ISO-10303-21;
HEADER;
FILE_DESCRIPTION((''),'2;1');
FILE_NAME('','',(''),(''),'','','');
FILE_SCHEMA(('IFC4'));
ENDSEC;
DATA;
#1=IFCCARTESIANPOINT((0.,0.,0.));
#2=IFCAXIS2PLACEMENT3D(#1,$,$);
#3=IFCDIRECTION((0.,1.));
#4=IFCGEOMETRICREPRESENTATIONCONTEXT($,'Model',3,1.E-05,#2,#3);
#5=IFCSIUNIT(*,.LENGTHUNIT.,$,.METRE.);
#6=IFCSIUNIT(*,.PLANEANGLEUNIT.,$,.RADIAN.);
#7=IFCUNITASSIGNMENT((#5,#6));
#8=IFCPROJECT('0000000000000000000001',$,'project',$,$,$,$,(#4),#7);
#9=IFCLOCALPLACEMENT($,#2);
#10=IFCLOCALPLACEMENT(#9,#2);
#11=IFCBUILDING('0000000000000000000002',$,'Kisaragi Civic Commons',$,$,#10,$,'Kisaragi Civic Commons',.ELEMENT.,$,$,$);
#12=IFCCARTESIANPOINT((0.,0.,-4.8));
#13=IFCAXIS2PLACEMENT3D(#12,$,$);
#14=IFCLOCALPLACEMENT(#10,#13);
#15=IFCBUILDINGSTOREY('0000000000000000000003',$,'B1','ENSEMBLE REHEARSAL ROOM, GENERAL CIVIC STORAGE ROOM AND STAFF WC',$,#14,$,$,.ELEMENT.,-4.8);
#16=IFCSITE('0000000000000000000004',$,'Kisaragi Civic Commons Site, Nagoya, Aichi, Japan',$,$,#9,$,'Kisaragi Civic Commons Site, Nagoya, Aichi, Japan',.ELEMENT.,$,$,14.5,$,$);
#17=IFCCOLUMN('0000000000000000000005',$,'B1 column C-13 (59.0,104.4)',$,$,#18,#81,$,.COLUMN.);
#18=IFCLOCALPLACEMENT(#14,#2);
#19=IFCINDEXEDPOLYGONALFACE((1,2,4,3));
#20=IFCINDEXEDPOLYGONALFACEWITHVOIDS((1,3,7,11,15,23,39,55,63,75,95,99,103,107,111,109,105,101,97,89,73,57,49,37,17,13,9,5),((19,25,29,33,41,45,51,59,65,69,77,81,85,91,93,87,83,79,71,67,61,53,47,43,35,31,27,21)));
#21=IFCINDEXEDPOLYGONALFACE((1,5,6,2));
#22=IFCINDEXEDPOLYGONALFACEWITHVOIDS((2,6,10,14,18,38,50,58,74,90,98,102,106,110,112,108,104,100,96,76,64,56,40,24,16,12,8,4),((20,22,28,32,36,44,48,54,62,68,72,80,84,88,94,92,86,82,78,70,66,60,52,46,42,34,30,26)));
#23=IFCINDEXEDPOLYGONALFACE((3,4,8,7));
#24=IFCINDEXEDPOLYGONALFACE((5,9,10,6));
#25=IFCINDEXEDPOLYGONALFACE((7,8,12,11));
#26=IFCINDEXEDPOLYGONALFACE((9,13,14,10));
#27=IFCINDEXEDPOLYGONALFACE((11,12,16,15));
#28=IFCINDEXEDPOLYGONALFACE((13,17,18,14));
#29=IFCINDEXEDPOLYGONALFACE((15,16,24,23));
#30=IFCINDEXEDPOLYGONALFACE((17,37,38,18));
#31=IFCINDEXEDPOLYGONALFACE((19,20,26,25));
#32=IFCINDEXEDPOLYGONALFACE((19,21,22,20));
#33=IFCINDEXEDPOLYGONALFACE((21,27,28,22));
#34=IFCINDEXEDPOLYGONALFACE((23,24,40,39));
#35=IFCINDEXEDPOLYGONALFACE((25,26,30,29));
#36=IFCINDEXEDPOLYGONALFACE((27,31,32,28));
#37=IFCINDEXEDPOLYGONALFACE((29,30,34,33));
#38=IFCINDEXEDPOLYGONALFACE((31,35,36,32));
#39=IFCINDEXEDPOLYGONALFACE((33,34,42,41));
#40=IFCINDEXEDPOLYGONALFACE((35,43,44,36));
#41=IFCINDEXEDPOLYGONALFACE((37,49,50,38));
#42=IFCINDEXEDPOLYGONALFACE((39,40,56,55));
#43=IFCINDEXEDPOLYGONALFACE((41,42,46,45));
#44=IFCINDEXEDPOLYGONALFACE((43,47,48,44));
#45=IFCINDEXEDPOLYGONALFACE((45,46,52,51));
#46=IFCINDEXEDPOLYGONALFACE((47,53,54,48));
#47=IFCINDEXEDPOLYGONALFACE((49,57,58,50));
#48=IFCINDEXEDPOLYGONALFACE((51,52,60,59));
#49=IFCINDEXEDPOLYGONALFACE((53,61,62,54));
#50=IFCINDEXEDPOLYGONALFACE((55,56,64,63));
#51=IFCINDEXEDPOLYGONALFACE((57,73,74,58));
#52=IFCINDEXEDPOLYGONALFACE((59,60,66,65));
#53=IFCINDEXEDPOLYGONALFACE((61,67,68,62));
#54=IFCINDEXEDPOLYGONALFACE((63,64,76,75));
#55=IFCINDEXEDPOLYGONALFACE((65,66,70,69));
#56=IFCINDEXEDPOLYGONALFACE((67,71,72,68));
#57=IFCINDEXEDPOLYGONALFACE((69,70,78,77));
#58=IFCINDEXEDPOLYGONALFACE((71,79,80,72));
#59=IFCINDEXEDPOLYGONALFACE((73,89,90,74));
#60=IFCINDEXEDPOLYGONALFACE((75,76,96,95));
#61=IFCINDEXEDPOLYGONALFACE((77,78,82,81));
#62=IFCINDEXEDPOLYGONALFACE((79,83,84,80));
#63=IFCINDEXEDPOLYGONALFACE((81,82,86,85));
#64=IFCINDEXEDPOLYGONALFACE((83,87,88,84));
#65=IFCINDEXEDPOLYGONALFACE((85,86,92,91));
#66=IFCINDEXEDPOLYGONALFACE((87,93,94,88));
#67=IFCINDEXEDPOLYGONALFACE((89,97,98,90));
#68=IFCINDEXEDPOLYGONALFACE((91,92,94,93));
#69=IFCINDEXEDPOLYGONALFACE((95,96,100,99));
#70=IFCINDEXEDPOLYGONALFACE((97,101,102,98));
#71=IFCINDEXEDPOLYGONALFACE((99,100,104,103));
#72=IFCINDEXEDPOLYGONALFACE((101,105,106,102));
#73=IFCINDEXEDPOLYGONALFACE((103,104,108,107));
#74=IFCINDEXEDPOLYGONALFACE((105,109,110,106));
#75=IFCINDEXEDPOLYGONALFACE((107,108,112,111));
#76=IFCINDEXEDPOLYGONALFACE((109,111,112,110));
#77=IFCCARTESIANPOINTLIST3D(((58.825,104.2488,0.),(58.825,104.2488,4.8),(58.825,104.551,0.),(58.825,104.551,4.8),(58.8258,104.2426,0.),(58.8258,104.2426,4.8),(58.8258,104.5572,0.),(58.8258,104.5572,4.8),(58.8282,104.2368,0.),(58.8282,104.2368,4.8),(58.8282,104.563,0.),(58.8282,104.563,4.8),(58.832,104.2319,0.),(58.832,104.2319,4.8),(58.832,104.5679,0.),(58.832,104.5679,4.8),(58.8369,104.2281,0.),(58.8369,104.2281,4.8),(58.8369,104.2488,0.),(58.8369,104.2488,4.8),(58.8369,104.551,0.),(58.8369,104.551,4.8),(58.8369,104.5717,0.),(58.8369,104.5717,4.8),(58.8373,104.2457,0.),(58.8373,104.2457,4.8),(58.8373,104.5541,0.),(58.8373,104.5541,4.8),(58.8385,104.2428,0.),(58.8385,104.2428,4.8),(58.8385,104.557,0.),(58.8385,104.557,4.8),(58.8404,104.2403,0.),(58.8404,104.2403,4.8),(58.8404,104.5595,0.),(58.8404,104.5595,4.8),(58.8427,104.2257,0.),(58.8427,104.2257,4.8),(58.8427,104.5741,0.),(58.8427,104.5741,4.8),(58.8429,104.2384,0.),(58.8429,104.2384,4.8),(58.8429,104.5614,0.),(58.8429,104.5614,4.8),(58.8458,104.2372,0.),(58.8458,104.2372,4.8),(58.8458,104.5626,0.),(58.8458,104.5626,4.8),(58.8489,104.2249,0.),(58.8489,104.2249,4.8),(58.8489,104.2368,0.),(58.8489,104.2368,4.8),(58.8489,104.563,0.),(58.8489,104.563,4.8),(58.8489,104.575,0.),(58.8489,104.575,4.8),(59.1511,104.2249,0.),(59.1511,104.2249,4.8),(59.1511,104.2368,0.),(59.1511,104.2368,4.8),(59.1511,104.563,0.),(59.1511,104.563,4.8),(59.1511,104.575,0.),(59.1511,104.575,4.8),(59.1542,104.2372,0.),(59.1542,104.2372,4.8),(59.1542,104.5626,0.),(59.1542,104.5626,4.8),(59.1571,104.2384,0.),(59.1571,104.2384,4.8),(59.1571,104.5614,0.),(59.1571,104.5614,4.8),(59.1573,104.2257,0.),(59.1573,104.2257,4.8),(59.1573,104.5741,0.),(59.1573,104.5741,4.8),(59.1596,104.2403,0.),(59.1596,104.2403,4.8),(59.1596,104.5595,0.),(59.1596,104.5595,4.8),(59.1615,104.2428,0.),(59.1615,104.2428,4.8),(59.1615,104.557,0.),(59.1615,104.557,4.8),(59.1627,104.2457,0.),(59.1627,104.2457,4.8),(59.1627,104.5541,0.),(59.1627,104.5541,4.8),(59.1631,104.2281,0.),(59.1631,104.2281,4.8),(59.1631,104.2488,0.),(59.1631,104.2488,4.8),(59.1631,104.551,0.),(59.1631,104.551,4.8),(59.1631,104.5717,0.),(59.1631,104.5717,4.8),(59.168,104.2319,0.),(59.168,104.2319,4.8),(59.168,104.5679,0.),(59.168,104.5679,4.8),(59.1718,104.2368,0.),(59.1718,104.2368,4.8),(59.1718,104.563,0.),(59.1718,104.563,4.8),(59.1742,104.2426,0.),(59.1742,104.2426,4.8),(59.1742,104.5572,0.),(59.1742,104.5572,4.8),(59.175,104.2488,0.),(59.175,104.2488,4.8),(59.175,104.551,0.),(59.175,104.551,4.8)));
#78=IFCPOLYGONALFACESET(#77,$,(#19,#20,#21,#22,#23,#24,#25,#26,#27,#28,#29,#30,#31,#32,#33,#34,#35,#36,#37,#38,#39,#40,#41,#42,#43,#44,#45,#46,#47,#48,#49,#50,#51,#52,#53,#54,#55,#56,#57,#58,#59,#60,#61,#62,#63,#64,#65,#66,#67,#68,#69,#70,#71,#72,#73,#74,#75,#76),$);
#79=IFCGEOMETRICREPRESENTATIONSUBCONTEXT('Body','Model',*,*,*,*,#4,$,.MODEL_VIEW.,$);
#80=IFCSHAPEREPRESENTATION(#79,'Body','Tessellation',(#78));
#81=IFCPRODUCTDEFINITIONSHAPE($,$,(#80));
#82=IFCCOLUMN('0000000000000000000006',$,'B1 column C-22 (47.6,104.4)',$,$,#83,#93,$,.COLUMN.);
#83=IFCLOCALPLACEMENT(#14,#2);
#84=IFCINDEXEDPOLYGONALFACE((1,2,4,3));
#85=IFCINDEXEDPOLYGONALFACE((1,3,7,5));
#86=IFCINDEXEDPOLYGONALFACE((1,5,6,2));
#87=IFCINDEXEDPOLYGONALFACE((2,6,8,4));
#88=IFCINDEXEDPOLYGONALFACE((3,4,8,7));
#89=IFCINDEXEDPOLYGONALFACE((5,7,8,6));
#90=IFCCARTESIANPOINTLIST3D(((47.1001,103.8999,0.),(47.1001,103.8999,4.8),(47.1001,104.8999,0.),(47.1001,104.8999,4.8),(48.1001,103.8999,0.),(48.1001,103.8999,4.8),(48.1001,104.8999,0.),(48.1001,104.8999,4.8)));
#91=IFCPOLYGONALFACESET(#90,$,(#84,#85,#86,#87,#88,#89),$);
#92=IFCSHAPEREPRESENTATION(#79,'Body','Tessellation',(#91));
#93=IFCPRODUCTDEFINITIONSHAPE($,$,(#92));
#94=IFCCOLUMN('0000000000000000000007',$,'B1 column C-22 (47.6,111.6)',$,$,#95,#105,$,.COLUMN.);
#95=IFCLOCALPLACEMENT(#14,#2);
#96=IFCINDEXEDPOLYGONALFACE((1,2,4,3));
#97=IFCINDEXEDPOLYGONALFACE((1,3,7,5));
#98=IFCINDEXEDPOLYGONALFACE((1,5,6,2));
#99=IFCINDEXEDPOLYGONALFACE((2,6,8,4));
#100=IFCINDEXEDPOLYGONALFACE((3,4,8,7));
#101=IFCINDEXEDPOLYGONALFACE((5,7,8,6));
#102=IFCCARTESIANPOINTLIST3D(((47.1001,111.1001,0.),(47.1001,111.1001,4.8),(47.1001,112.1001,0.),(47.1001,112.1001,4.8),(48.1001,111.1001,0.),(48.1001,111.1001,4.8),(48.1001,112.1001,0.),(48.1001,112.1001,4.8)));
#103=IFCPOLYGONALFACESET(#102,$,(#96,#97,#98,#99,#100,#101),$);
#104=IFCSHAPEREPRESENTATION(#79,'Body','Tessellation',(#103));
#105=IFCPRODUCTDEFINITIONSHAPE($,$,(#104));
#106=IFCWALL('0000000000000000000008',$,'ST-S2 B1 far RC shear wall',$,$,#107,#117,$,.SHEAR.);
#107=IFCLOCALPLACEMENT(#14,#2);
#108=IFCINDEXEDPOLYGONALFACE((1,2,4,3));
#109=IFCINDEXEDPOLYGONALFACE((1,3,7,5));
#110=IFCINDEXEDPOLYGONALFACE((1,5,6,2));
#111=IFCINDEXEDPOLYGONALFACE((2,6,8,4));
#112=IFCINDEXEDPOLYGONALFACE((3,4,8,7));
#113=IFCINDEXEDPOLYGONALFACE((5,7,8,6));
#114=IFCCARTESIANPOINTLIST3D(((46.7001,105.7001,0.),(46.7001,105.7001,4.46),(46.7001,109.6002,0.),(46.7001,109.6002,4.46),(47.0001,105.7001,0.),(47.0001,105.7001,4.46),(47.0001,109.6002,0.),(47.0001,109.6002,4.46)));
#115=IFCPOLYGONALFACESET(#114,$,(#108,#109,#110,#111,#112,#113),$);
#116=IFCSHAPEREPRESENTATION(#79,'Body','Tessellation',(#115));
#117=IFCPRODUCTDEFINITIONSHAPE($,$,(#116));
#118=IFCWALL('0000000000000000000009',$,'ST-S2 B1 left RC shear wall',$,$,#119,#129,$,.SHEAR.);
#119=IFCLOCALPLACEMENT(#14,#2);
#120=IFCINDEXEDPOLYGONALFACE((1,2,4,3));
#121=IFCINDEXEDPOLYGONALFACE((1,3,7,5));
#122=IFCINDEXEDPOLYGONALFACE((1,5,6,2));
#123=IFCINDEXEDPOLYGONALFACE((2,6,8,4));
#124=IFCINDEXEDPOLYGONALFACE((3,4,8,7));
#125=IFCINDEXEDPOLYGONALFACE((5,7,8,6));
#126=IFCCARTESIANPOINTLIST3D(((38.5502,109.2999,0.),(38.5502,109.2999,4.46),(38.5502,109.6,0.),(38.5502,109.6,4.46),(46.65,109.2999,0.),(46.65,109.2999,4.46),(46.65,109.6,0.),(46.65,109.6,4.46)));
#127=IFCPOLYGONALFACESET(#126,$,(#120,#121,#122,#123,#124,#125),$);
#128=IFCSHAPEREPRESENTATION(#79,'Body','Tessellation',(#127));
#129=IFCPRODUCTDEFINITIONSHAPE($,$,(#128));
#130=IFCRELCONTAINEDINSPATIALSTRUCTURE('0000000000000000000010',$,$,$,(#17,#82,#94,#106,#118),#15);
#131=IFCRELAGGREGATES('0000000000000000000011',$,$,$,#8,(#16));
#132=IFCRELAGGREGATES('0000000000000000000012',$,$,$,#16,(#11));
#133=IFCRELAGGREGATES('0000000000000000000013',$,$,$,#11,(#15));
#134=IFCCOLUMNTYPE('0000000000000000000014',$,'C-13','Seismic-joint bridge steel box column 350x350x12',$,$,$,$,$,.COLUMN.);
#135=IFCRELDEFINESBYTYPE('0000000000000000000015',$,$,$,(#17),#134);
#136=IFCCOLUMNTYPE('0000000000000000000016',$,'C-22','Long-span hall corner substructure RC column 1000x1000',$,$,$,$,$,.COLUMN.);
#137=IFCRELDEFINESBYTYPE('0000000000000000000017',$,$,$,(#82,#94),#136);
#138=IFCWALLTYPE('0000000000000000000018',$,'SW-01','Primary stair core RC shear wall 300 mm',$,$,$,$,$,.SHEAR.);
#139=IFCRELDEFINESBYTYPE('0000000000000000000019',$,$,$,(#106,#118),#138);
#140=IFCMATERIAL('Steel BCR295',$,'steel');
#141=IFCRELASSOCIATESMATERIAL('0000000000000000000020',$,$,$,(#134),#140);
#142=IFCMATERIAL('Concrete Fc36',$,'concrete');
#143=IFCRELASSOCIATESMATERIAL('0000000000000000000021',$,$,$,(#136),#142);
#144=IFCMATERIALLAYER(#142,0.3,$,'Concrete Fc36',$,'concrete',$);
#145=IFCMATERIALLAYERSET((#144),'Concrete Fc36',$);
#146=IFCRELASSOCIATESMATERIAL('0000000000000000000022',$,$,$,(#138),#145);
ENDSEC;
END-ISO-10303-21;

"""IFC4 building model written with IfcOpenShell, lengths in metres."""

from ifc_helpers import new_model, si_unit, direction, frame, frame_2d, origin, origin_2d, place, context, subcontext, project, spatial, rectangle, hollow_rectangle, extrude, material, layer, layer_set, material_profile, profile_set, type_object, element, save


model = new_model("IFC4")

# Units and contexts
model_context = context("Model", 3, precision=1e-05, world=origin(), true_north=direction((0.0, 1.0)))
body_context = subcontext(model_context, "Body", "Model", "MODEL_VIEW")
ifc_project = project(units=[si_unit("LENGTHUNIT", "METRE"), si_unit("PLANEANGLEUNIT", "RADIAN")], contexts=[model_context])

# Site, building, storey
site_placement = place(None, origin())
site = spatial("IfcSite", under=ifc_project, at=site_placement, Name="Kisaragi Civic Commons Site, Nagoya, Aichi, Japan", LongName="Kisaragi Civic Commons Site, Nagoya, Aichi, Japan", CompositionType="ELEMENT", RefElevation=14.5)
building_placement = place(site_placement, origin())
building = spatial("IfcBuilding", under=site, at=building_placement, Name="Kisaragi Civic Commons", LongName="Kisaragi Civic Commons", CompositionType="ELEMENT")
storey_placement = place(building_placement, frame((0.0, 0.0, -4.8)))
storey = spatial("IfcBuildingStorey", under=building, at=storey_placement, Name="B1", Description="ENSEMBLE REHEARSAL ROOM, GENERAL CIVIC STORAGE ROOM AND STAFF WC", CompositionType="ELEMENT", Elevation=-4.8)

# Shared definitions
ifc_material_1 = material(Name="Concrete Fc36", Category="concrete")

# Columns
ifc_material_2 = material(Name="Steel BCR295", Category="steel")
ifc_material_profile_1 = material_profile(ifc_material_2, hollow_rectangle(XDim=0.3501, YDim=0.3501, WallThickness=0.012, InnerFilletRadius=0.012, OuterFilletRadius=0.0239, at=origin_2d()), Name="BCR-350x350x12", Category="steel")
ifc_profile_set_1 = profile_set([ifc_material_profile_1], Name="Steel BCR295")
column_type_1 = type_object("IfcColumnType", Name="C-13", Description="Seismic-joint bridge steel box column 350x350x12", PredefinedType="COLUMN", material=ifc_profile_set_1)
column_placement = place(storey_placement, frame((59.0, 104.3999, 0.0), z_axis=(0.0, 0.0, 1.0), x_axis=(1.0, 0.0, 0.0)))
element("IfcColumn", 1, at=column_placement, inside=storey, type_object=column_type_1, Name="B1 column C-13 (59.0,104.4)", PredefinedType="COLUMN", context=body_context, shape_type="SweptSolid", body=[
    extrude(hollow_rectangle(XDim=0.3501, YDim=0.3501, WallThickness=0.012, InnerFilletRadius=0.012, OuterFilletRadius=0.0239, at=origin_2d()), origin(), (0.0, 0.0, 1.0), 4.8),
])
ifc_material_profile_2 = material_profile(ifc_material_1, rectangle(XDim=1.0, YDim=1.0, at=origin_2d()), Name="RC-1000x1000", Category="concrete")
ifc_profile_set_2 = profile_set([ifc_material_profile_2], Name="Concrete Fc36")
column_type_2 = type_object("IfcColumnType", Name="C-22", Description="Long-span hall corner substructure RC column 1000x1000", PredefinedType="COLUMN", material=ifc_profile_set_2)
for number, where, z_axis, x_axis, name in (
    (2, (47.6001, 104.3999, 0.0), (0.0, 0.0, 1.0), (1.0, 0.0, 0.0), "B1 column C-22 (47.6,104.4)"),
    (3, (47.6001, 111.6001, 0.0), (0.0, 0.0, 1.0), (1.0, 0.0, 0.0), "B1 column C-22 (47.6,111.6)"),
):
    element("IfcColumn", number, at=place(storey_placement, frame(where, z_axis=z_axis, x_axis=x_axis)), inside=storey, type_object=column_type_2, Name=name, PredefinedType="COLUMN", context=body_context, shape_type="SweptSolid", body=[
        extrude(rectangle(XDim=1.0, YDim=1.0, at=origin_2d()), origin(), (0.0, 0.0, 1.0), 4.8),
    ])

# Walls
ifc_layer = layer(ifc_material_1, 0.3, Name="Concrete Fc36", Category="concrete")
ifc_layer_set = layer_set([ifc_layer], Name="Concrete Fc36")
wall_type = type_object("IfcWallType", Name="SW-01", Description="Primary stair core RC shear wall 300 mm", PredefinedType="SHEAR", material=ifc_layer_set)
wall_1_placement = place(storey_placement, frame((46.8501, 105.7, 0.0), z_axis=(0.0, 0.0, 1.0), x_axis=(0.0, 1.0, 0.0)))
element("IfcWall", 4, at=wall_1_placement, inside=storey, type_object=wall_type, Name="ST-S2 B1 far RC shear wall", PredefinedType="SHEAR", context=body_context, shape_type="SweptSolid", body=[
    extrude(rectangle(XDim=3.9001, YDim=0.3, at=frame_2d((1.9502, 0.0))), origin(), (0.0, 0.0, 1.0), 4.46),
])
wall_2_placement = place(storey_placement, frame((46.6499, 109.45, 0.0), z_axis=(0.0, 0.0, 1.0), x_axis=(-1.0, 0.0, 0.0)))
element("IfcWall", 5, at=wall_2_placement, inside=storey, type_object=wall_type, Name="ST-S2 B1 left RC shear wall", PredefinedType="SHEAR", context=body_context, shape_type="SweptSolid", body=[
    extrude(rectangle(XDim=8.0999, YDim=0.3, at=frame_2d((4.0498, 0.0))), origin(), (0.0, 0.0, 1.0), 4.46),
])

save(model, "model.ifc")
